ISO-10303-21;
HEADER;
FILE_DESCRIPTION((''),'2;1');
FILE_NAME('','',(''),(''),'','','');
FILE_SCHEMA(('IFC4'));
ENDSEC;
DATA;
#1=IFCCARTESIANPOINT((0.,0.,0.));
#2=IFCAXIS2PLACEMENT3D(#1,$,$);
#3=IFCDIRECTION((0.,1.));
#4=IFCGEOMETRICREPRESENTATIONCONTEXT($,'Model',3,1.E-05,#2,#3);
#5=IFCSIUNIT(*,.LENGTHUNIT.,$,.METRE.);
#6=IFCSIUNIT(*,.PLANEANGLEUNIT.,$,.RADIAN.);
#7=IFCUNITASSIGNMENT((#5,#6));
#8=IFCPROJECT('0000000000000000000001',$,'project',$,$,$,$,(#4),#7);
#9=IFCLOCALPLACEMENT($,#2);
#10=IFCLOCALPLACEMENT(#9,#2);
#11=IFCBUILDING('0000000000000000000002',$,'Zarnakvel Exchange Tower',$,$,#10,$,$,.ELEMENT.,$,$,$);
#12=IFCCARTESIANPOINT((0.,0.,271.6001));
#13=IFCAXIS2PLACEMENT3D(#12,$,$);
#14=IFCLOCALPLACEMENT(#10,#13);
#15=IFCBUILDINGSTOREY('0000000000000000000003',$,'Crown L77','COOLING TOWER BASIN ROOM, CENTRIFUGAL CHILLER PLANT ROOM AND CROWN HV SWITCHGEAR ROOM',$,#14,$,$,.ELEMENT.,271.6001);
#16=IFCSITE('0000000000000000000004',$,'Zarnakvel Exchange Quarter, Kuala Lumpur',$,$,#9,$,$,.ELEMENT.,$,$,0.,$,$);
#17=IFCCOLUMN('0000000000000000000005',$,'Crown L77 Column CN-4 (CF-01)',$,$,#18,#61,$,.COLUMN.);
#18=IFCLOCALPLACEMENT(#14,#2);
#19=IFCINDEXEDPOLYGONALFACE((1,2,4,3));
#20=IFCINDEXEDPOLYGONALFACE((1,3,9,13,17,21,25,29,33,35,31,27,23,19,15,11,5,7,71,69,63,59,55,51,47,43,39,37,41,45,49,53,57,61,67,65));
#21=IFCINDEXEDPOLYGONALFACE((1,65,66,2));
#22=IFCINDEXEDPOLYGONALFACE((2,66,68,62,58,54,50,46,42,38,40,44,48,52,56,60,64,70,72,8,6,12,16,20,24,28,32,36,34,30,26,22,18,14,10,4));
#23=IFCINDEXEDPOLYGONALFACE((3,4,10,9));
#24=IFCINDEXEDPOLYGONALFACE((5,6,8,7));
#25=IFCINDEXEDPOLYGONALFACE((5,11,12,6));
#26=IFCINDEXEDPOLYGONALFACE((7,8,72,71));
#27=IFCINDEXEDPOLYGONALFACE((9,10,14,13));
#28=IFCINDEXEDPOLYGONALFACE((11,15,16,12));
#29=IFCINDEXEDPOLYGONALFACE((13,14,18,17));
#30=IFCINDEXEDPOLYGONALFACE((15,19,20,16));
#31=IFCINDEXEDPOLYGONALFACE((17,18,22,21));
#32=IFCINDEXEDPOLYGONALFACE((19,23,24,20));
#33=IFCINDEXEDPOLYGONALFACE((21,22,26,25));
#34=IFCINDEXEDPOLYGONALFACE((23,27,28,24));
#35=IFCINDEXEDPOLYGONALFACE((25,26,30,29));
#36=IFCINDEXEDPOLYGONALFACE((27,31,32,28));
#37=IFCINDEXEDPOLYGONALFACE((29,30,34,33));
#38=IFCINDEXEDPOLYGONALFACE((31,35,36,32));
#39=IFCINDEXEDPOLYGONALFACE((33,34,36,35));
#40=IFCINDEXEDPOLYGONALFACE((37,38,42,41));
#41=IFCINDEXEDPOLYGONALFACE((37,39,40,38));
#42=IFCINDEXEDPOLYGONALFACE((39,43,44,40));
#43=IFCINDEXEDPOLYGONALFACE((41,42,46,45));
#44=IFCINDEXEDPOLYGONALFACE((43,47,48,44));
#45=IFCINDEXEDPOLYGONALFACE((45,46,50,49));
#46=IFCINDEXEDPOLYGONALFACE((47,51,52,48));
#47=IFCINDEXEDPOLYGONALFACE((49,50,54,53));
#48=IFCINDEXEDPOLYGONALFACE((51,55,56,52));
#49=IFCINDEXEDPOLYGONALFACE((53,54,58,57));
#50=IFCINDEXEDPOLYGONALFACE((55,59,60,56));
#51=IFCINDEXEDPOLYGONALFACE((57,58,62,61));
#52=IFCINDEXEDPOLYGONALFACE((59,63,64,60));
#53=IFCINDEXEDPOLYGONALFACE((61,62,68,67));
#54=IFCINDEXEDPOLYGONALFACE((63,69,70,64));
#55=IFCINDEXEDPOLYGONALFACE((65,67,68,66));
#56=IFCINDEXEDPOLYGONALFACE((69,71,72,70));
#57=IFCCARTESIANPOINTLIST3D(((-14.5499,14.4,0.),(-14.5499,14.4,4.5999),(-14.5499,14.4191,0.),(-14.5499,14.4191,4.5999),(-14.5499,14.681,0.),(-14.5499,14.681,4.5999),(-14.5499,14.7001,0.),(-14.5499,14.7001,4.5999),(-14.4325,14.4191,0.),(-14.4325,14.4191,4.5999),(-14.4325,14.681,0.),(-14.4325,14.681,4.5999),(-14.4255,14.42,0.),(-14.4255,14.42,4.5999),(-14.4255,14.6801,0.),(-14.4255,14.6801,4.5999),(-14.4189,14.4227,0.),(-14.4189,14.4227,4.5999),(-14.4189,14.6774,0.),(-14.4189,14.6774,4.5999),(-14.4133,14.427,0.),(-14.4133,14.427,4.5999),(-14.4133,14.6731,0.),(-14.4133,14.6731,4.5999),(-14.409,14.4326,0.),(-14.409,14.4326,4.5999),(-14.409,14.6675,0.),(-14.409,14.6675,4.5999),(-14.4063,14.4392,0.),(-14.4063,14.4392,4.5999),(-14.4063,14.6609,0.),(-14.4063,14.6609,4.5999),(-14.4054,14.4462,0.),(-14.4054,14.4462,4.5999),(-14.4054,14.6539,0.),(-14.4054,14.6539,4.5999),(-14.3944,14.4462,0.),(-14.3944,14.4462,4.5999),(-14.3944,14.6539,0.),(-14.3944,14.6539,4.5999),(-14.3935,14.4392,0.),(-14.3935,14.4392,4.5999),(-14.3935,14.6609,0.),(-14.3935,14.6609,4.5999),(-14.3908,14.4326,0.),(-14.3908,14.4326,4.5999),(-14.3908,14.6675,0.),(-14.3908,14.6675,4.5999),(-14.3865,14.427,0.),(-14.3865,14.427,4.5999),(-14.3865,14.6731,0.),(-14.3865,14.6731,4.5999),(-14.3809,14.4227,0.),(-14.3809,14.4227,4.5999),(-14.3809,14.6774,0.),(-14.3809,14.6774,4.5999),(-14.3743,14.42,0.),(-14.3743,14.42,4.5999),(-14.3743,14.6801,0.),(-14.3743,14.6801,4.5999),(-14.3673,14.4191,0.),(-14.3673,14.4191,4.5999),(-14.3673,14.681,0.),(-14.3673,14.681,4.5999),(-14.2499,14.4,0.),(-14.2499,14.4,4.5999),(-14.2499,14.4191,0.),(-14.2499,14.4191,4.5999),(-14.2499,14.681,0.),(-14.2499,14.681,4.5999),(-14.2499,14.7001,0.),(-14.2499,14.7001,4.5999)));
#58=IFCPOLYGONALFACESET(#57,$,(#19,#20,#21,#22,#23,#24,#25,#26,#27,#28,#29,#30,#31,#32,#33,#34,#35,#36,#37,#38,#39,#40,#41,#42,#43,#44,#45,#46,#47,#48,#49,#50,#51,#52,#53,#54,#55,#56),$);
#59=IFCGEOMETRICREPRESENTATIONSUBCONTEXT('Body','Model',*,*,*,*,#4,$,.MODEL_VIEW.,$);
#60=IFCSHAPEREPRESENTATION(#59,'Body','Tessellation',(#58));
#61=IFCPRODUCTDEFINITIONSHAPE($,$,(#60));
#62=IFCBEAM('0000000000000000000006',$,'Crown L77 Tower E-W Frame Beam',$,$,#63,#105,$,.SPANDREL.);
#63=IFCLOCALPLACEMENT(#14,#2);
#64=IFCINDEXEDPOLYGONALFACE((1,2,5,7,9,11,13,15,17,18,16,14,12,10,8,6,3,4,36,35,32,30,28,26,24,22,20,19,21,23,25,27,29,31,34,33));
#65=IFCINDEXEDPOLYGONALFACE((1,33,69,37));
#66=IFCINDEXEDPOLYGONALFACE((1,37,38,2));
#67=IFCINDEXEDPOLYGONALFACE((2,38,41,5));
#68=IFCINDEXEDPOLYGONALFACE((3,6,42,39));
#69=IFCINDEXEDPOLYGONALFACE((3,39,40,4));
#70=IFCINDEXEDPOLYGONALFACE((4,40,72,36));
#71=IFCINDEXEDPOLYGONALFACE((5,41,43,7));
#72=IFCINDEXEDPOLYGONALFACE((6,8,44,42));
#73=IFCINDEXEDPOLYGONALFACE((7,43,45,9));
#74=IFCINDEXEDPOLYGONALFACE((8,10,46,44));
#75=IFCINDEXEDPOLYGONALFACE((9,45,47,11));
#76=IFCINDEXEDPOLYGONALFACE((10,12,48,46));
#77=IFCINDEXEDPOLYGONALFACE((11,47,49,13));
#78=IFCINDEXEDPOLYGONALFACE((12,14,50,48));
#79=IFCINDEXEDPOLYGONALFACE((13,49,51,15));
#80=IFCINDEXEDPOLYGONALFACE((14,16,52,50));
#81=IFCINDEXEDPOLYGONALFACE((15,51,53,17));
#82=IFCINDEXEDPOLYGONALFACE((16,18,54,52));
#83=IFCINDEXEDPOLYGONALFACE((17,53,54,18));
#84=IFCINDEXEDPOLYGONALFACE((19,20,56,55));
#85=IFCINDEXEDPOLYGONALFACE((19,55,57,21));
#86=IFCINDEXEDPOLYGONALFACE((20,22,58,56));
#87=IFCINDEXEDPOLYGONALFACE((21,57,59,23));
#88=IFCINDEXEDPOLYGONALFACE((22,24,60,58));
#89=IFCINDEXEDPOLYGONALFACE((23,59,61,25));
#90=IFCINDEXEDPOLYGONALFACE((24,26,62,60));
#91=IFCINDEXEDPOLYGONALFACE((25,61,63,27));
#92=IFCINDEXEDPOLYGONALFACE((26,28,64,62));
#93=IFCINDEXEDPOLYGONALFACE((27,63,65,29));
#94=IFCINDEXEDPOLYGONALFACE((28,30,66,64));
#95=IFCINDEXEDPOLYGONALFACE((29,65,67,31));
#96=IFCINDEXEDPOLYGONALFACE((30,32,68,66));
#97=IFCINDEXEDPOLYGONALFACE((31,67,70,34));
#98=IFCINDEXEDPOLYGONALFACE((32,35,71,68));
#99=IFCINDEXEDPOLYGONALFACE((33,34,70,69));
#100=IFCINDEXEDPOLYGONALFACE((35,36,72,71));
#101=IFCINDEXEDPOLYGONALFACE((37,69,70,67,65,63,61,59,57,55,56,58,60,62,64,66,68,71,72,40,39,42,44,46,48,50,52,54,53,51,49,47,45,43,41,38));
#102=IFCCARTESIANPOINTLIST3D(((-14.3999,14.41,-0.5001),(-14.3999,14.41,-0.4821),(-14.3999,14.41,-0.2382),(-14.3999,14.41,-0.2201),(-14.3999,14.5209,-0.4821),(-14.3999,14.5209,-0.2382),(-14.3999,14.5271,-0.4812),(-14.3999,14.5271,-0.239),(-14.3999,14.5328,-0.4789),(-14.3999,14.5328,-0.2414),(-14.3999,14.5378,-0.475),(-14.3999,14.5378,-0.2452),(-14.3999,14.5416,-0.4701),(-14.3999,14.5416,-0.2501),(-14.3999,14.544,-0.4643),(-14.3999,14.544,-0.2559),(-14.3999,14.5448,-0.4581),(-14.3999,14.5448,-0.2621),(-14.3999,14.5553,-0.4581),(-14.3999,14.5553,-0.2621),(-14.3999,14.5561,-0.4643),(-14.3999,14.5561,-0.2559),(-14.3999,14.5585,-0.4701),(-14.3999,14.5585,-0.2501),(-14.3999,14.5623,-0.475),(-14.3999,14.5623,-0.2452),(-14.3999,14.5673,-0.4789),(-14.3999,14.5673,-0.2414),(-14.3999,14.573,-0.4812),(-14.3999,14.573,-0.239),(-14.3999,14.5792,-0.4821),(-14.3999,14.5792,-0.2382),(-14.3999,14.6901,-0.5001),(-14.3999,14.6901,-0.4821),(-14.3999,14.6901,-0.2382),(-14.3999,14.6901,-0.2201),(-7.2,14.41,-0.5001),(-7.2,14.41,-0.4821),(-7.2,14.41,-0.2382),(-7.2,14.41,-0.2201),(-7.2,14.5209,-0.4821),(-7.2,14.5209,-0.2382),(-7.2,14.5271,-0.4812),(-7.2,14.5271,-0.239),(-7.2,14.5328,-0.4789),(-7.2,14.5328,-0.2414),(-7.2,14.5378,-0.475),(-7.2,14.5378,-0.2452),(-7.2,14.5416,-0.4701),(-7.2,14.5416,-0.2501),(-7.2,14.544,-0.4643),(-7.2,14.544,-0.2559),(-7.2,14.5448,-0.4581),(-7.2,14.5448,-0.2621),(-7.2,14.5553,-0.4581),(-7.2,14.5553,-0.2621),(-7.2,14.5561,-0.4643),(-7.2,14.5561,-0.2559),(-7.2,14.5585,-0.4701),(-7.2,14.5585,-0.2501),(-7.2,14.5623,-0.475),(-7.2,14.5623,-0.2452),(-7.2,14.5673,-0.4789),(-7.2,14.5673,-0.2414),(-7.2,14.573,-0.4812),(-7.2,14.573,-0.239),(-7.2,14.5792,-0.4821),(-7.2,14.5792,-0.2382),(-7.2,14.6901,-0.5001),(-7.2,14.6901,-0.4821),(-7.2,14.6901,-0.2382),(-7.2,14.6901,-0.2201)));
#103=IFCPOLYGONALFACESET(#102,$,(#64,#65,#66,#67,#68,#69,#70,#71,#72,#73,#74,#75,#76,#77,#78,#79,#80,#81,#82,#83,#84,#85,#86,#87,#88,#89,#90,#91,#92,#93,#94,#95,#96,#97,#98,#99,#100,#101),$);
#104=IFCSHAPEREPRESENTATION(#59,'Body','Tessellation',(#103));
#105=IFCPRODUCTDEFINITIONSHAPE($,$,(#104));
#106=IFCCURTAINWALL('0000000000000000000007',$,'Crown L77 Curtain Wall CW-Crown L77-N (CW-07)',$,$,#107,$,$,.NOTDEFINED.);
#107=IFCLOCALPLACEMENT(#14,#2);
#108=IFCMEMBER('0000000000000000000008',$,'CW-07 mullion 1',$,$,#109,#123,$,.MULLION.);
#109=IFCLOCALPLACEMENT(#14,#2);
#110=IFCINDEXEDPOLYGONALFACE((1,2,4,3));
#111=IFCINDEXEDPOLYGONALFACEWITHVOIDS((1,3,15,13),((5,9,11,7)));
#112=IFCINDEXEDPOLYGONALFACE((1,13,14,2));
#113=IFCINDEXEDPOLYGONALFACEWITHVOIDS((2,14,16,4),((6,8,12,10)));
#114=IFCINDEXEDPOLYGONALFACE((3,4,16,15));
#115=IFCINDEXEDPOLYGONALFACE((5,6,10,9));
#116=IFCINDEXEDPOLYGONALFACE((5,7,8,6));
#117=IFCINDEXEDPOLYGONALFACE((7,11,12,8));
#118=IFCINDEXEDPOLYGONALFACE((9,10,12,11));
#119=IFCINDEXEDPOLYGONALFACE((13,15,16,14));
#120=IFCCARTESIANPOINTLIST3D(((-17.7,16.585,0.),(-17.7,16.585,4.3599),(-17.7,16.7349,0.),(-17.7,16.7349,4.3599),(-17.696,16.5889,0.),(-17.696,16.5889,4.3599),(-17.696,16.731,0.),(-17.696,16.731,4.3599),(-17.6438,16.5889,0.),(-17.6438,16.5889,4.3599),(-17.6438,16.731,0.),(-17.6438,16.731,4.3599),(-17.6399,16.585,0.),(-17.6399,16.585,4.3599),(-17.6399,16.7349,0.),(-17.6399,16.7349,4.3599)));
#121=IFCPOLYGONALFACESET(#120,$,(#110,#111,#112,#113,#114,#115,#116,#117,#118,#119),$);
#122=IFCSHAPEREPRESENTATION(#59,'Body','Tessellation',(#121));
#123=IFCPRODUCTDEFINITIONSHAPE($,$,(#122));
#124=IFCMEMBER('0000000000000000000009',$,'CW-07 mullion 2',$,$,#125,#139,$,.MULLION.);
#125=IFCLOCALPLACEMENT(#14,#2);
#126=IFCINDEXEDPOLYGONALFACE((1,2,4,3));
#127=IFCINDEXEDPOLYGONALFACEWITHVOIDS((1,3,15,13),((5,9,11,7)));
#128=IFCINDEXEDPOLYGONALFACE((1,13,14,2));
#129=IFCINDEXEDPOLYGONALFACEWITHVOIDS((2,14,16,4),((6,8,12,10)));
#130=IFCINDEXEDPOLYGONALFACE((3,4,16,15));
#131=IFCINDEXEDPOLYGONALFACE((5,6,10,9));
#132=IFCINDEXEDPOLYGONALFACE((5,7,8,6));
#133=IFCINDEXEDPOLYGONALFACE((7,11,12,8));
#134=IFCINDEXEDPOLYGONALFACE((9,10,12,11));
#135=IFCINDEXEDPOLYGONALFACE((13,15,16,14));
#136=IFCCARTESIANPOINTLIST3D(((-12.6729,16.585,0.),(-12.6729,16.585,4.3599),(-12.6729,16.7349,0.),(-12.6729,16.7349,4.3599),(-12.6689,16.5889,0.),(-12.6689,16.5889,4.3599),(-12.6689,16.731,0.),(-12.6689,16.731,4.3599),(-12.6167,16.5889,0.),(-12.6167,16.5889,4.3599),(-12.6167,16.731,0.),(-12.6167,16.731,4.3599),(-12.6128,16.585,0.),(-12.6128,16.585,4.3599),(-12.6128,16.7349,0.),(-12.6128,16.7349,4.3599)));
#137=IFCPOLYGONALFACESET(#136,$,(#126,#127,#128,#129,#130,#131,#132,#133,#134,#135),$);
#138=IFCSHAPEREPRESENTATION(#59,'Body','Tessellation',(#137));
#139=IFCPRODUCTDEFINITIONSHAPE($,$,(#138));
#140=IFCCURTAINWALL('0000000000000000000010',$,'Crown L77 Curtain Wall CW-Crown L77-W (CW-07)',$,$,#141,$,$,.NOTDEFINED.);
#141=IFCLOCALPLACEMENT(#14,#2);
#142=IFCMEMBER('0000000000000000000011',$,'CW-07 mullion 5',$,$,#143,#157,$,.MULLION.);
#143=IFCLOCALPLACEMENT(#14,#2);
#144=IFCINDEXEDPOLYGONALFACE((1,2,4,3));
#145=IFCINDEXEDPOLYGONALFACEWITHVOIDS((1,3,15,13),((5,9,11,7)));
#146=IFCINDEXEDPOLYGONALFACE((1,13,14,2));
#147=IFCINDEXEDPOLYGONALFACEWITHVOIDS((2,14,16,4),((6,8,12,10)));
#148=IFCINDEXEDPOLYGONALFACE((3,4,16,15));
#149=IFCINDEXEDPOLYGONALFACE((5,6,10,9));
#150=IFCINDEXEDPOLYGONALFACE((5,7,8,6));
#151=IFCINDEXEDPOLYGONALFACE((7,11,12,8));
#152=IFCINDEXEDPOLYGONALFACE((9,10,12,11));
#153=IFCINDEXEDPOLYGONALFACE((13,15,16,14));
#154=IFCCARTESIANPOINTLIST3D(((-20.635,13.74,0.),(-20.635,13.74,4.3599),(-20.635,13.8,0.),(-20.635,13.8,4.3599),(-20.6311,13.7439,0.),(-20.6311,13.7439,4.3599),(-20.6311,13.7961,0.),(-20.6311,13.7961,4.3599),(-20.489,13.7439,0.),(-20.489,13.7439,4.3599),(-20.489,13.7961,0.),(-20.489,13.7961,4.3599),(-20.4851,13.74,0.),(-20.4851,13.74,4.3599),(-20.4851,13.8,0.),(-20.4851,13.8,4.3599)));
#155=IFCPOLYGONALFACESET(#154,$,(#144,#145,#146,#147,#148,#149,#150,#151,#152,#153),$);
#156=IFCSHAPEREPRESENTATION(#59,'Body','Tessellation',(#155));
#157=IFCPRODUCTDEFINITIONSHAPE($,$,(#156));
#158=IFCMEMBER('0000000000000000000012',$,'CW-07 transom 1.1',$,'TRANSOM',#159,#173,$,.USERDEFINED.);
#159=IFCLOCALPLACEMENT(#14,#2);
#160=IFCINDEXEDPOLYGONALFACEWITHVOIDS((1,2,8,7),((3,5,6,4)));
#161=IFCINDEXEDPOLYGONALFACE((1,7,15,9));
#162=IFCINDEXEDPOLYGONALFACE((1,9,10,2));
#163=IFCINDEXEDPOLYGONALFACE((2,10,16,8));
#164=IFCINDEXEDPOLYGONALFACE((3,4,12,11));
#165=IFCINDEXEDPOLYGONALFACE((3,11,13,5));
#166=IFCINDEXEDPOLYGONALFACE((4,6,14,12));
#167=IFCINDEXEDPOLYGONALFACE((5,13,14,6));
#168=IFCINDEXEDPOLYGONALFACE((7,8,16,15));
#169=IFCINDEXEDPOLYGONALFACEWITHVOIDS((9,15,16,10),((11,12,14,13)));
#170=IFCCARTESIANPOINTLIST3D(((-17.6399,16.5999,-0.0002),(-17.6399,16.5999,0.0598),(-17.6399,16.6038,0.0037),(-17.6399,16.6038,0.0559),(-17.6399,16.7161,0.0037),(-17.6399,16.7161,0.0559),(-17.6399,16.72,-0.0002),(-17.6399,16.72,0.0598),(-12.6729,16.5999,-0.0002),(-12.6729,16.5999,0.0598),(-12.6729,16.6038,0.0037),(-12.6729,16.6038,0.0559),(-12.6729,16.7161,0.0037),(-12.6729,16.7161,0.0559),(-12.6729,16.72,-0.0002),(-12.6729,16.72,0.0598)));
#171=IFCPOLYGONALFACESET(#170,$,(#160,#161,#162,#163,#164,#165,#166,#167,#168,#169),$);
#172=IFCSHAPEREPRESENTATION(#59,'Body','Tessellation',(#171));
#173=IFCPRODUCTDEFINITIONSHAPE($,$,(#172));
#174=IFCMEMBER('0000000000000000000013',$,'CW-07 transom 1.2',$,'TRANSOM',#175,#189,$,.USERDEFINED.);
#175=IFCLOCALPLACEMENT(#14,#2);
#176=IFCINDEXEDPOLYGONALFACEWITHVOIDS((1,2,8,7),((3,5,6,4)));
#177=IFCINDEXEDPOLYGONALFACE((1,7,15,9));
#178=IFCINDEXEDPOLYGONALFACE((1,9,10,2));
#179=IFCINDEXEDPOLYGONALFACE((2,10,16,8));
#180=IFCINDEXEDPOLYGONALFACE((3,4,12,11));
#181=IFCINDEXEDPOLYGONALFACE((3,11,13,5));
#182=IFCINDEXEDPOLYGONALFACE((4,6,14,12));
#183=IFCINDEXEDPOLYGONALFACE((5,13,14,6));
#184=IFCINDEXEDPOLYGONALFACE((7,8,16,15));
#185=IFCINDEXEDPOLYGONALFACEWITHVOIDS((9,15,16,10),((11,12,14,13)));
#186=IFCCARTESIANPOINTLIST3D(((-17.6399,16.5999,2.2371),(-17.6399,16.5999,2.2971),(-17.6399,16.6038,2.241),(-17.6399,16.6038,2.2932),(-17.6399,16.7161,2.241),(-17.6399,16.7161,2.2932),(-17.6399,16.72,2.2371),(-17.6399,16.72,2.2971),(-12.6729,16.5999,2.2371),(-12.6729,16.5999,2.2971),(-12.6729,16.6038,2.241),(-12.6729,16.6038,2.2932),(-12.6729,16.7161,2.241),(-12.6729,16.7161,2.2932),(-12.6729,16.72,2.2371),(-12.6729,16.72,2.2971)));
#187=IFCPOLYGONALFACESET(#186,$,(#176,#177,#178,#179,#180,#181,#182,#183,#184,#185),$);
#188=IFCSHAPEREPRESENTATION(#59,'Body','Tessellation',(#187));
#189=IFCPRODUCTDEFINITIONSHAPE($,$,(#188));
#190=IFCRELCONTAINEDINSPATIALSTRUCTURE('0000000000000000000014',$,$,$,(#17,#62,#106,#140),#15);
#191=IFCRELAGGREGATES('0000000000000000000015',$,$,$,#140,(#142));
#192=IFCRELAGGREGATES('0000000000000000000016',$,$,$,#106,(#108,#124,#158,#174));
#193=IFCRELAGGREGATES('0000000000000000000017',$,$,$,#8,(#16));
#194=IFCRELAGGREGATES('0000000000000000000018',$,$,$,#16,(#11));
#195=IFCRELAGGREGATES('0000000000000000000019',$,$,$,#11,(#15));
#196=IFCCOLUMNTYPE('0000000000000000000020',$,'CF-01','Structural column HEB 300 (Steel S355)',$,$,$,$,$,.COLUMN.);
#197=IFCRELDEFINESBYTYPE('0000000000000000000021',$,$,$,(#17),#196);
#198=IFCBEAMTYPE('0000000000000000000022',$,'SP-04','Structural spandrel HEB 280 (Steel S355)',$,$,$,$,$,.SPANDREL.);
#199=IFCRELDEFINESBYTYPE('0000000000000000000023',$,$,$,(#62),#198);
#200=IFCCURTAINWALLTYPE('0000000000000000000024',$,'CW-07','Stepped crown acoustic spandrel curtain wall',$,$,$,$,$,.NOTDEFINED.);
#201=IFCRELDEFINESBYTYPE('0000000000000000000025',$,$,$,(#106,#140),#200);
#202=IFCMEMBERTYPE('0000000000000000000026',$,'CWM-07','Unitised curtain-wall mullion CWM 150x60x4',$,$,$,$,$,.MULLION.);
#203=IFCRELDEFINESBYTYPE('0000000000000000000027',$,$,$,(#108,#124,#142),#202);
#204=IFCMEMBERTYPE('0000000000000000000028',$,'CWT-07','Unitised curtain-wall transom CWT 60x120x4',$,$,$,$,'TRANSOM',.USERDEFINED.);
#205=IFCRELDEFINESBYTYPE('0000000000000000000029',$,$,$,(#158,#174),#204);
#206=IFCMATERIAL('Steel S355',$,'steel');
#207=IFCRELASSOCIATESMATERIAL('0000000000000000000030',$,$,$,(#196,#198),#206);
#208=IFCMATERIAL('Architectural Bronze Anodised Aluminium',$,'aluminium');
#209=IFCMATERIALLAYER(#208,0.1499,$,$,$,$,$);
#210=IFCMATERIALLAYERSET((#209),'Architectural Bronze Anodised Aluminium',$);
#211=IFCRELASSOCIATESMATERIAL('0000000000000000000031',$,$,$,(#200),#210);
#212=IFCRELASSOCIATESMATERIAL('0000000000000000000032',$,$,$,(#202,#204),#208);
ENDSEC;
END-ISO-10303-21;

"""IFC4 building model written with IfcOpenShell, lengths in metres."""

from ifc_helpers import new_model, si_unit, direction, frame, origin, origin_2d, place, context, subcontext, project, spatial, hollow_rectangle, i_section, extrude, source, transform, mapped, material, layer, layer_set, material_profile, profile_set, type_object, element, aggregate, save


model = new_model("IFC4")

# Units and contexts
model_context = context("Model", 3, precision=1e-05, world=origin(), true_north=direction((0.0, 1.0)))
body_context = subcontext(model_context, "Body", "Model", "MODEL_VIEW")
ifc_project = project(units=[si_unit("LENGTHUNIT", "METRE"), si_unit("PLANEANGLEUNIT", "RADIAN")], contexts=[model_context])

# Site, building, storey
site_placement = place(None, origin())
site = spatial("IfcSite", under=ifc_project, at=site_placement, Name="Zarnakvel Exchange Quarter, Kuala Lumpur", CompositionType="ELEMENT", RefElevation=0.0)
building_placement = place(site_placement, origin())
building = spatial("IfcBuilding", under=site, at=building_placement, Name="Zarnakvel Exchange Tower", CompositionType="ELEMENT")
storey_placement = place(building_placement, frame((0.0, 0.0, 271.6001)))
storey = spatial("IfcBuildingStorey", under=building, at=storey_placement, Name="Crown L77", Description="COOLING TOWER BASIN ROOM, CENTRIFUGAL CHILLER PLANT ROOM AND CROWN HV SWITCHGEAR ROOM", CompositionType="ELEMENT", Elevation=271.6001)

# Column
ifc_material_1 = material(Name="Steel S355", Category="steel")
ifc_material_profile_1 = material_profile(ifc_material_1, i_section(OverallWidth=0.3, OverallDepth=0.3, WebThickness=0.011, FlangeThickness=0.019, FilletRadius=0.0271, at=origin_2d()))
ifc_profile_set_1 = profile_set([ifc_material_profile_1], Name="Steel S355")
column_type = type_object("IfcColumnType", Name="CF-01", Description="Structural column HEB 300 (Steel S355)", PredefinedType="COLUMN", material=ifc_profile_set_1)
column_placement = place(storey_placement, frame((-14.3999, 14.55, 0.0), z_axis=(0.0, 0.0, 1.0), x_axis=(1.0, 0.0, 0.0)))
element("IfcColumn", 1, at=column_placement, inside=storey, type_object=column_type, Name="Crown L77 Column CN-4 (CF-01)", PredefinedType="COLUMN", context=body_context, shape_type="SweptSolid", body=[
    extrude(i_section(OverallWidth=0.3, OverallDepth=0.3, WebThickness=0.011, FlangeThickness=0.019, FilletRadius=0.0271, at=origin_2d()), origin(), (0.0, 0.0, 1.0), 4.5999),
])

# Beam
ifc_material_profile_2 = material_profile(ifc_material_1, i_section(OverallWidth=0.28, OverallDepth=0.28, WebThickness=0.0105, FlangeThickness=0.0181, FilletRadius=0.0239, at=origin_2d()))
ifc_profile_set_2 = profile_set([ifc_material_profile_2], Name="Steel S355")
beam_type = type_object("IfcBeamType", Name="SP-04", Description="Structural spandrel HEB 280 (Steel S355)", PredefinedType="SPANDREL", material=ifc_profile_set_2)
beam_placement = place(storey_placement, frame((-14.3999, 14.55, -0.3601), z_axis=(1.0, 0.0, 0.0), x_axis=(0.0, 1.0, 0.0)))
element("IfcBeam", 2, at=beam_placement, inside=storey, type_object=beam_type, Name="Crown L77 Tower E-W Frame Beam", PredefinedType="SPANDREL", context=body_context, shape_type="SweptSolid", body=[
    extrude(i_section(OverallWidth=0.28, OverallDepth=0.28, WebThickness=0.0105, FlangeThickness=0.0181, FilletRadius=0.0239, at=origin_2d()), origin(), (0.0, 0.0, 1.0), 7.2),
])

# Curtain wall, members
ifc_material_2 = material(Name="Architectural Bronze Anodised Aluminium", Category="aluminium")
ifc_layer_1 = layer(ifc_material_2, 0.1499)
ifc_layer_set_1 = layer_set([ifc_layer_1], Name="Architectural Bronze Anodised Aluminium")
curtain_wall_type = type_object("IfcCurtainWallType", Name="CW-07", Description="Stepped crown acoustic spandrel curtain wall", PredefinedType="NOTDEFINED", material=ifc_layer_set_1)
curtain_wall_1_placement = place(storey_placement, origin())
curtain_wall_1 = element("IfcCurtainWall", 3, at=curtain_wall_1_placement, inside=storey, type_object=curtain_wall_type, Name="Crown L77 Curtain Wall CW-Crown L77-N (CW-07)", PredefinedType="NOTDEFINED")
ifc_material_profile_3 = material_profile(ifc_material_2, hollow_rectangle(XDim=0.1499, YDim=0.0601, WallThickness=0.0039, at=origin_2d()))
ifc_profile_set_3 = profile_set([ifc_material_profile_3], Name="Architectural Bronze Anodised Aluminium")
member_type_1 = type_object("IfcMemberType", Name="CWM-07", Description="Unitised curtain-wall mullion CWM 150x60x4", PredefinedType="MULLION", material=ifc_profile_set_3)
shared_shape_1 = source(origin(), body_context, "Body", "SweptSolid", [
    extrude(hollow_rectangle(XDim=0.1499, YDim=0.0601, WallThickness=0.0039, at=origin_2d()), origin(), (0.0, 0.0, 1.0), 4.3599),
])
member_1_placement = place(storey_placement, frame((-17.6699, 16.6599, 0.0), z_axis=(0.0, 0.0, 1.0), x_axis=(0.0, 1.0, 0.0)))
member_1 = element("IfcMember", 4, at=member_1_placement, type_object=member_type_1, Name="CW-07 mullion 1", PredefinedType="MULLION", context=body_context, shape_type="MappedRepresentation", body=[
    mapped(shared_shape_1, transform((0.0, 0.0, 0.0), x_axis=(1.0, 0.0, 0.0), y_axis=(0.0, 1.0, 0.0), z_axis=(0.0, 0.0, 1.0), scale=1.0)),
])
member_2_placement = place(storey_placement, frame((-12.6428, 16.6599, 0.0), z_axis=(0.0, 0.0, 1.0), x_axis=(0.0, 1.0, 0.0)))
member_2 = element("IfcMember", 5, at=member_2_placement, type_object=member_type_1, Name="CW-07 mullion 2", PredefinedType="MULLION", context=body_context, shape_type="MappedRepresentation", body=[
    mapped(shared_shape_1, transform((0.0, 0.0, 0.0), x_axis=(1.0, 0.0, 0.0), y_axis=(0.0, 1.0, 0.0), z_axis=(0.0, 0.0, 1.0), scale=1.0)),
])

# Curtain wall, member
curtain_wall_2_placement = place(storey_placement, origin())
curtain_wall_2 = element("IfcCurtainWall", 6, at=curtain_wall_2_placement, inside=storey, type_object=curtain_wall_type, Name="Crown L77 Curtain Wall CW-Crown L77-W (CW-07)", PredefinedType="NOTDEFINED")
member_3_placement = place(storey_placement, frame((-20.5601, 13.77, 0.0), z_axis=(0.0, 0.0, 1.0), x_axis=(-1.0, 0.0, 0.0)))
member_3 = element("IfcMember", 7, at=member_3_placement, type_object=member_type_1, Name="CW-07 mullion 5", PredefinedType="MULLION", context=body_context, shape_type="MappedRepresentation", body=[
    mapped(shared_shape_1, transform((0.0, 0.0, 0.0), x_axis=(1.0, 0.0, 0.0), y_axis=(0.0, 1.0, 0.0), z_axis=(0.0, 0.0, 1.0), scale=1.0)),
])
aggregate(curtain_wall_2, [member_3])

# Members
ifc_material_profile_4 = material_profile(ifc_material_2, hollow_rectangle(XDim=0.1201, YDim=0.0601, WallThickness=0.0039, at=origin_2d()))
ifc_profile_set_4 = profile_set([ifc_material_profile_4], Name="Architectural Bronze Anodised Aluminium")
member_type_2 = type_object("IfcMemberType", Name="CWT-07", Description="Unitised curtain-wall transom CWT 60x120x4", ElementType="TRANSOM", PredefinedType="USERDEFINED", material=ifc_profile_set_4)
shared_shape_2 = source(origin(), body_context, "Body", "SweptSolid", [
    extrude(hollow_rectangle(XDim=0.1201, YDim=0.0601, WallThickness=0.0039, at=origin_2d()), origin(), (0.0, 0.0, 1.0), 4.967),
])
member_4_placement = place(storey_placement, frame((-17.6399, 16.6599, 0.0298), z_axis=(1.0, 0.0, 0.0), x_axis=(0.0, 1.0, 0.0)))
member_4 = element("IfcMember", 8, at=member_4_placement, type_object=member_type_2, Name="CW-07 transom 1.1", ObjectType="TRANSOM", PredefinedType="USERDEFINED", context=body_context, shape_type="MappedRepresentation", body=[
    mapped(shared_shape_2, transform((0.0, 0.0, 0.0), x_axis=(1.0, 0.0, 0.0), y_axis=(0.0, 1.0, 0.0), z_axis=(0.0, 0.0, 1.0), scale=1.0)),
])
member_5_placement = place(storey_placement, frame((-17.6399, 16.6599, 2.2671), z_axis=(1.0, 0.0, 0.0), x_axis=(0.0, 1.0, 0.0)))
member_5 = element("IfcMember", 9, at=member_5_placement, type_object=member_type_2, Name="CW-07 transom 1.2", ObjectType="TRANSOM", PredefinedType="USERDEFINED", context=body_context, shape_type="MappedRepresentation", body=[
    mapped(shared_shape_2, transform((0.0, 0.0, 0.0), x_axis=(1.0, 0.0, 0.0), y_axis=(0.0, 1.0, 0.0), z_axis=(0.0, 0.0, 1.0), scale=1.0)),
])

aggregate(curtain_wall_1, [member_1, member_2, member_4, member_5])

save(model, "model.ifc")
